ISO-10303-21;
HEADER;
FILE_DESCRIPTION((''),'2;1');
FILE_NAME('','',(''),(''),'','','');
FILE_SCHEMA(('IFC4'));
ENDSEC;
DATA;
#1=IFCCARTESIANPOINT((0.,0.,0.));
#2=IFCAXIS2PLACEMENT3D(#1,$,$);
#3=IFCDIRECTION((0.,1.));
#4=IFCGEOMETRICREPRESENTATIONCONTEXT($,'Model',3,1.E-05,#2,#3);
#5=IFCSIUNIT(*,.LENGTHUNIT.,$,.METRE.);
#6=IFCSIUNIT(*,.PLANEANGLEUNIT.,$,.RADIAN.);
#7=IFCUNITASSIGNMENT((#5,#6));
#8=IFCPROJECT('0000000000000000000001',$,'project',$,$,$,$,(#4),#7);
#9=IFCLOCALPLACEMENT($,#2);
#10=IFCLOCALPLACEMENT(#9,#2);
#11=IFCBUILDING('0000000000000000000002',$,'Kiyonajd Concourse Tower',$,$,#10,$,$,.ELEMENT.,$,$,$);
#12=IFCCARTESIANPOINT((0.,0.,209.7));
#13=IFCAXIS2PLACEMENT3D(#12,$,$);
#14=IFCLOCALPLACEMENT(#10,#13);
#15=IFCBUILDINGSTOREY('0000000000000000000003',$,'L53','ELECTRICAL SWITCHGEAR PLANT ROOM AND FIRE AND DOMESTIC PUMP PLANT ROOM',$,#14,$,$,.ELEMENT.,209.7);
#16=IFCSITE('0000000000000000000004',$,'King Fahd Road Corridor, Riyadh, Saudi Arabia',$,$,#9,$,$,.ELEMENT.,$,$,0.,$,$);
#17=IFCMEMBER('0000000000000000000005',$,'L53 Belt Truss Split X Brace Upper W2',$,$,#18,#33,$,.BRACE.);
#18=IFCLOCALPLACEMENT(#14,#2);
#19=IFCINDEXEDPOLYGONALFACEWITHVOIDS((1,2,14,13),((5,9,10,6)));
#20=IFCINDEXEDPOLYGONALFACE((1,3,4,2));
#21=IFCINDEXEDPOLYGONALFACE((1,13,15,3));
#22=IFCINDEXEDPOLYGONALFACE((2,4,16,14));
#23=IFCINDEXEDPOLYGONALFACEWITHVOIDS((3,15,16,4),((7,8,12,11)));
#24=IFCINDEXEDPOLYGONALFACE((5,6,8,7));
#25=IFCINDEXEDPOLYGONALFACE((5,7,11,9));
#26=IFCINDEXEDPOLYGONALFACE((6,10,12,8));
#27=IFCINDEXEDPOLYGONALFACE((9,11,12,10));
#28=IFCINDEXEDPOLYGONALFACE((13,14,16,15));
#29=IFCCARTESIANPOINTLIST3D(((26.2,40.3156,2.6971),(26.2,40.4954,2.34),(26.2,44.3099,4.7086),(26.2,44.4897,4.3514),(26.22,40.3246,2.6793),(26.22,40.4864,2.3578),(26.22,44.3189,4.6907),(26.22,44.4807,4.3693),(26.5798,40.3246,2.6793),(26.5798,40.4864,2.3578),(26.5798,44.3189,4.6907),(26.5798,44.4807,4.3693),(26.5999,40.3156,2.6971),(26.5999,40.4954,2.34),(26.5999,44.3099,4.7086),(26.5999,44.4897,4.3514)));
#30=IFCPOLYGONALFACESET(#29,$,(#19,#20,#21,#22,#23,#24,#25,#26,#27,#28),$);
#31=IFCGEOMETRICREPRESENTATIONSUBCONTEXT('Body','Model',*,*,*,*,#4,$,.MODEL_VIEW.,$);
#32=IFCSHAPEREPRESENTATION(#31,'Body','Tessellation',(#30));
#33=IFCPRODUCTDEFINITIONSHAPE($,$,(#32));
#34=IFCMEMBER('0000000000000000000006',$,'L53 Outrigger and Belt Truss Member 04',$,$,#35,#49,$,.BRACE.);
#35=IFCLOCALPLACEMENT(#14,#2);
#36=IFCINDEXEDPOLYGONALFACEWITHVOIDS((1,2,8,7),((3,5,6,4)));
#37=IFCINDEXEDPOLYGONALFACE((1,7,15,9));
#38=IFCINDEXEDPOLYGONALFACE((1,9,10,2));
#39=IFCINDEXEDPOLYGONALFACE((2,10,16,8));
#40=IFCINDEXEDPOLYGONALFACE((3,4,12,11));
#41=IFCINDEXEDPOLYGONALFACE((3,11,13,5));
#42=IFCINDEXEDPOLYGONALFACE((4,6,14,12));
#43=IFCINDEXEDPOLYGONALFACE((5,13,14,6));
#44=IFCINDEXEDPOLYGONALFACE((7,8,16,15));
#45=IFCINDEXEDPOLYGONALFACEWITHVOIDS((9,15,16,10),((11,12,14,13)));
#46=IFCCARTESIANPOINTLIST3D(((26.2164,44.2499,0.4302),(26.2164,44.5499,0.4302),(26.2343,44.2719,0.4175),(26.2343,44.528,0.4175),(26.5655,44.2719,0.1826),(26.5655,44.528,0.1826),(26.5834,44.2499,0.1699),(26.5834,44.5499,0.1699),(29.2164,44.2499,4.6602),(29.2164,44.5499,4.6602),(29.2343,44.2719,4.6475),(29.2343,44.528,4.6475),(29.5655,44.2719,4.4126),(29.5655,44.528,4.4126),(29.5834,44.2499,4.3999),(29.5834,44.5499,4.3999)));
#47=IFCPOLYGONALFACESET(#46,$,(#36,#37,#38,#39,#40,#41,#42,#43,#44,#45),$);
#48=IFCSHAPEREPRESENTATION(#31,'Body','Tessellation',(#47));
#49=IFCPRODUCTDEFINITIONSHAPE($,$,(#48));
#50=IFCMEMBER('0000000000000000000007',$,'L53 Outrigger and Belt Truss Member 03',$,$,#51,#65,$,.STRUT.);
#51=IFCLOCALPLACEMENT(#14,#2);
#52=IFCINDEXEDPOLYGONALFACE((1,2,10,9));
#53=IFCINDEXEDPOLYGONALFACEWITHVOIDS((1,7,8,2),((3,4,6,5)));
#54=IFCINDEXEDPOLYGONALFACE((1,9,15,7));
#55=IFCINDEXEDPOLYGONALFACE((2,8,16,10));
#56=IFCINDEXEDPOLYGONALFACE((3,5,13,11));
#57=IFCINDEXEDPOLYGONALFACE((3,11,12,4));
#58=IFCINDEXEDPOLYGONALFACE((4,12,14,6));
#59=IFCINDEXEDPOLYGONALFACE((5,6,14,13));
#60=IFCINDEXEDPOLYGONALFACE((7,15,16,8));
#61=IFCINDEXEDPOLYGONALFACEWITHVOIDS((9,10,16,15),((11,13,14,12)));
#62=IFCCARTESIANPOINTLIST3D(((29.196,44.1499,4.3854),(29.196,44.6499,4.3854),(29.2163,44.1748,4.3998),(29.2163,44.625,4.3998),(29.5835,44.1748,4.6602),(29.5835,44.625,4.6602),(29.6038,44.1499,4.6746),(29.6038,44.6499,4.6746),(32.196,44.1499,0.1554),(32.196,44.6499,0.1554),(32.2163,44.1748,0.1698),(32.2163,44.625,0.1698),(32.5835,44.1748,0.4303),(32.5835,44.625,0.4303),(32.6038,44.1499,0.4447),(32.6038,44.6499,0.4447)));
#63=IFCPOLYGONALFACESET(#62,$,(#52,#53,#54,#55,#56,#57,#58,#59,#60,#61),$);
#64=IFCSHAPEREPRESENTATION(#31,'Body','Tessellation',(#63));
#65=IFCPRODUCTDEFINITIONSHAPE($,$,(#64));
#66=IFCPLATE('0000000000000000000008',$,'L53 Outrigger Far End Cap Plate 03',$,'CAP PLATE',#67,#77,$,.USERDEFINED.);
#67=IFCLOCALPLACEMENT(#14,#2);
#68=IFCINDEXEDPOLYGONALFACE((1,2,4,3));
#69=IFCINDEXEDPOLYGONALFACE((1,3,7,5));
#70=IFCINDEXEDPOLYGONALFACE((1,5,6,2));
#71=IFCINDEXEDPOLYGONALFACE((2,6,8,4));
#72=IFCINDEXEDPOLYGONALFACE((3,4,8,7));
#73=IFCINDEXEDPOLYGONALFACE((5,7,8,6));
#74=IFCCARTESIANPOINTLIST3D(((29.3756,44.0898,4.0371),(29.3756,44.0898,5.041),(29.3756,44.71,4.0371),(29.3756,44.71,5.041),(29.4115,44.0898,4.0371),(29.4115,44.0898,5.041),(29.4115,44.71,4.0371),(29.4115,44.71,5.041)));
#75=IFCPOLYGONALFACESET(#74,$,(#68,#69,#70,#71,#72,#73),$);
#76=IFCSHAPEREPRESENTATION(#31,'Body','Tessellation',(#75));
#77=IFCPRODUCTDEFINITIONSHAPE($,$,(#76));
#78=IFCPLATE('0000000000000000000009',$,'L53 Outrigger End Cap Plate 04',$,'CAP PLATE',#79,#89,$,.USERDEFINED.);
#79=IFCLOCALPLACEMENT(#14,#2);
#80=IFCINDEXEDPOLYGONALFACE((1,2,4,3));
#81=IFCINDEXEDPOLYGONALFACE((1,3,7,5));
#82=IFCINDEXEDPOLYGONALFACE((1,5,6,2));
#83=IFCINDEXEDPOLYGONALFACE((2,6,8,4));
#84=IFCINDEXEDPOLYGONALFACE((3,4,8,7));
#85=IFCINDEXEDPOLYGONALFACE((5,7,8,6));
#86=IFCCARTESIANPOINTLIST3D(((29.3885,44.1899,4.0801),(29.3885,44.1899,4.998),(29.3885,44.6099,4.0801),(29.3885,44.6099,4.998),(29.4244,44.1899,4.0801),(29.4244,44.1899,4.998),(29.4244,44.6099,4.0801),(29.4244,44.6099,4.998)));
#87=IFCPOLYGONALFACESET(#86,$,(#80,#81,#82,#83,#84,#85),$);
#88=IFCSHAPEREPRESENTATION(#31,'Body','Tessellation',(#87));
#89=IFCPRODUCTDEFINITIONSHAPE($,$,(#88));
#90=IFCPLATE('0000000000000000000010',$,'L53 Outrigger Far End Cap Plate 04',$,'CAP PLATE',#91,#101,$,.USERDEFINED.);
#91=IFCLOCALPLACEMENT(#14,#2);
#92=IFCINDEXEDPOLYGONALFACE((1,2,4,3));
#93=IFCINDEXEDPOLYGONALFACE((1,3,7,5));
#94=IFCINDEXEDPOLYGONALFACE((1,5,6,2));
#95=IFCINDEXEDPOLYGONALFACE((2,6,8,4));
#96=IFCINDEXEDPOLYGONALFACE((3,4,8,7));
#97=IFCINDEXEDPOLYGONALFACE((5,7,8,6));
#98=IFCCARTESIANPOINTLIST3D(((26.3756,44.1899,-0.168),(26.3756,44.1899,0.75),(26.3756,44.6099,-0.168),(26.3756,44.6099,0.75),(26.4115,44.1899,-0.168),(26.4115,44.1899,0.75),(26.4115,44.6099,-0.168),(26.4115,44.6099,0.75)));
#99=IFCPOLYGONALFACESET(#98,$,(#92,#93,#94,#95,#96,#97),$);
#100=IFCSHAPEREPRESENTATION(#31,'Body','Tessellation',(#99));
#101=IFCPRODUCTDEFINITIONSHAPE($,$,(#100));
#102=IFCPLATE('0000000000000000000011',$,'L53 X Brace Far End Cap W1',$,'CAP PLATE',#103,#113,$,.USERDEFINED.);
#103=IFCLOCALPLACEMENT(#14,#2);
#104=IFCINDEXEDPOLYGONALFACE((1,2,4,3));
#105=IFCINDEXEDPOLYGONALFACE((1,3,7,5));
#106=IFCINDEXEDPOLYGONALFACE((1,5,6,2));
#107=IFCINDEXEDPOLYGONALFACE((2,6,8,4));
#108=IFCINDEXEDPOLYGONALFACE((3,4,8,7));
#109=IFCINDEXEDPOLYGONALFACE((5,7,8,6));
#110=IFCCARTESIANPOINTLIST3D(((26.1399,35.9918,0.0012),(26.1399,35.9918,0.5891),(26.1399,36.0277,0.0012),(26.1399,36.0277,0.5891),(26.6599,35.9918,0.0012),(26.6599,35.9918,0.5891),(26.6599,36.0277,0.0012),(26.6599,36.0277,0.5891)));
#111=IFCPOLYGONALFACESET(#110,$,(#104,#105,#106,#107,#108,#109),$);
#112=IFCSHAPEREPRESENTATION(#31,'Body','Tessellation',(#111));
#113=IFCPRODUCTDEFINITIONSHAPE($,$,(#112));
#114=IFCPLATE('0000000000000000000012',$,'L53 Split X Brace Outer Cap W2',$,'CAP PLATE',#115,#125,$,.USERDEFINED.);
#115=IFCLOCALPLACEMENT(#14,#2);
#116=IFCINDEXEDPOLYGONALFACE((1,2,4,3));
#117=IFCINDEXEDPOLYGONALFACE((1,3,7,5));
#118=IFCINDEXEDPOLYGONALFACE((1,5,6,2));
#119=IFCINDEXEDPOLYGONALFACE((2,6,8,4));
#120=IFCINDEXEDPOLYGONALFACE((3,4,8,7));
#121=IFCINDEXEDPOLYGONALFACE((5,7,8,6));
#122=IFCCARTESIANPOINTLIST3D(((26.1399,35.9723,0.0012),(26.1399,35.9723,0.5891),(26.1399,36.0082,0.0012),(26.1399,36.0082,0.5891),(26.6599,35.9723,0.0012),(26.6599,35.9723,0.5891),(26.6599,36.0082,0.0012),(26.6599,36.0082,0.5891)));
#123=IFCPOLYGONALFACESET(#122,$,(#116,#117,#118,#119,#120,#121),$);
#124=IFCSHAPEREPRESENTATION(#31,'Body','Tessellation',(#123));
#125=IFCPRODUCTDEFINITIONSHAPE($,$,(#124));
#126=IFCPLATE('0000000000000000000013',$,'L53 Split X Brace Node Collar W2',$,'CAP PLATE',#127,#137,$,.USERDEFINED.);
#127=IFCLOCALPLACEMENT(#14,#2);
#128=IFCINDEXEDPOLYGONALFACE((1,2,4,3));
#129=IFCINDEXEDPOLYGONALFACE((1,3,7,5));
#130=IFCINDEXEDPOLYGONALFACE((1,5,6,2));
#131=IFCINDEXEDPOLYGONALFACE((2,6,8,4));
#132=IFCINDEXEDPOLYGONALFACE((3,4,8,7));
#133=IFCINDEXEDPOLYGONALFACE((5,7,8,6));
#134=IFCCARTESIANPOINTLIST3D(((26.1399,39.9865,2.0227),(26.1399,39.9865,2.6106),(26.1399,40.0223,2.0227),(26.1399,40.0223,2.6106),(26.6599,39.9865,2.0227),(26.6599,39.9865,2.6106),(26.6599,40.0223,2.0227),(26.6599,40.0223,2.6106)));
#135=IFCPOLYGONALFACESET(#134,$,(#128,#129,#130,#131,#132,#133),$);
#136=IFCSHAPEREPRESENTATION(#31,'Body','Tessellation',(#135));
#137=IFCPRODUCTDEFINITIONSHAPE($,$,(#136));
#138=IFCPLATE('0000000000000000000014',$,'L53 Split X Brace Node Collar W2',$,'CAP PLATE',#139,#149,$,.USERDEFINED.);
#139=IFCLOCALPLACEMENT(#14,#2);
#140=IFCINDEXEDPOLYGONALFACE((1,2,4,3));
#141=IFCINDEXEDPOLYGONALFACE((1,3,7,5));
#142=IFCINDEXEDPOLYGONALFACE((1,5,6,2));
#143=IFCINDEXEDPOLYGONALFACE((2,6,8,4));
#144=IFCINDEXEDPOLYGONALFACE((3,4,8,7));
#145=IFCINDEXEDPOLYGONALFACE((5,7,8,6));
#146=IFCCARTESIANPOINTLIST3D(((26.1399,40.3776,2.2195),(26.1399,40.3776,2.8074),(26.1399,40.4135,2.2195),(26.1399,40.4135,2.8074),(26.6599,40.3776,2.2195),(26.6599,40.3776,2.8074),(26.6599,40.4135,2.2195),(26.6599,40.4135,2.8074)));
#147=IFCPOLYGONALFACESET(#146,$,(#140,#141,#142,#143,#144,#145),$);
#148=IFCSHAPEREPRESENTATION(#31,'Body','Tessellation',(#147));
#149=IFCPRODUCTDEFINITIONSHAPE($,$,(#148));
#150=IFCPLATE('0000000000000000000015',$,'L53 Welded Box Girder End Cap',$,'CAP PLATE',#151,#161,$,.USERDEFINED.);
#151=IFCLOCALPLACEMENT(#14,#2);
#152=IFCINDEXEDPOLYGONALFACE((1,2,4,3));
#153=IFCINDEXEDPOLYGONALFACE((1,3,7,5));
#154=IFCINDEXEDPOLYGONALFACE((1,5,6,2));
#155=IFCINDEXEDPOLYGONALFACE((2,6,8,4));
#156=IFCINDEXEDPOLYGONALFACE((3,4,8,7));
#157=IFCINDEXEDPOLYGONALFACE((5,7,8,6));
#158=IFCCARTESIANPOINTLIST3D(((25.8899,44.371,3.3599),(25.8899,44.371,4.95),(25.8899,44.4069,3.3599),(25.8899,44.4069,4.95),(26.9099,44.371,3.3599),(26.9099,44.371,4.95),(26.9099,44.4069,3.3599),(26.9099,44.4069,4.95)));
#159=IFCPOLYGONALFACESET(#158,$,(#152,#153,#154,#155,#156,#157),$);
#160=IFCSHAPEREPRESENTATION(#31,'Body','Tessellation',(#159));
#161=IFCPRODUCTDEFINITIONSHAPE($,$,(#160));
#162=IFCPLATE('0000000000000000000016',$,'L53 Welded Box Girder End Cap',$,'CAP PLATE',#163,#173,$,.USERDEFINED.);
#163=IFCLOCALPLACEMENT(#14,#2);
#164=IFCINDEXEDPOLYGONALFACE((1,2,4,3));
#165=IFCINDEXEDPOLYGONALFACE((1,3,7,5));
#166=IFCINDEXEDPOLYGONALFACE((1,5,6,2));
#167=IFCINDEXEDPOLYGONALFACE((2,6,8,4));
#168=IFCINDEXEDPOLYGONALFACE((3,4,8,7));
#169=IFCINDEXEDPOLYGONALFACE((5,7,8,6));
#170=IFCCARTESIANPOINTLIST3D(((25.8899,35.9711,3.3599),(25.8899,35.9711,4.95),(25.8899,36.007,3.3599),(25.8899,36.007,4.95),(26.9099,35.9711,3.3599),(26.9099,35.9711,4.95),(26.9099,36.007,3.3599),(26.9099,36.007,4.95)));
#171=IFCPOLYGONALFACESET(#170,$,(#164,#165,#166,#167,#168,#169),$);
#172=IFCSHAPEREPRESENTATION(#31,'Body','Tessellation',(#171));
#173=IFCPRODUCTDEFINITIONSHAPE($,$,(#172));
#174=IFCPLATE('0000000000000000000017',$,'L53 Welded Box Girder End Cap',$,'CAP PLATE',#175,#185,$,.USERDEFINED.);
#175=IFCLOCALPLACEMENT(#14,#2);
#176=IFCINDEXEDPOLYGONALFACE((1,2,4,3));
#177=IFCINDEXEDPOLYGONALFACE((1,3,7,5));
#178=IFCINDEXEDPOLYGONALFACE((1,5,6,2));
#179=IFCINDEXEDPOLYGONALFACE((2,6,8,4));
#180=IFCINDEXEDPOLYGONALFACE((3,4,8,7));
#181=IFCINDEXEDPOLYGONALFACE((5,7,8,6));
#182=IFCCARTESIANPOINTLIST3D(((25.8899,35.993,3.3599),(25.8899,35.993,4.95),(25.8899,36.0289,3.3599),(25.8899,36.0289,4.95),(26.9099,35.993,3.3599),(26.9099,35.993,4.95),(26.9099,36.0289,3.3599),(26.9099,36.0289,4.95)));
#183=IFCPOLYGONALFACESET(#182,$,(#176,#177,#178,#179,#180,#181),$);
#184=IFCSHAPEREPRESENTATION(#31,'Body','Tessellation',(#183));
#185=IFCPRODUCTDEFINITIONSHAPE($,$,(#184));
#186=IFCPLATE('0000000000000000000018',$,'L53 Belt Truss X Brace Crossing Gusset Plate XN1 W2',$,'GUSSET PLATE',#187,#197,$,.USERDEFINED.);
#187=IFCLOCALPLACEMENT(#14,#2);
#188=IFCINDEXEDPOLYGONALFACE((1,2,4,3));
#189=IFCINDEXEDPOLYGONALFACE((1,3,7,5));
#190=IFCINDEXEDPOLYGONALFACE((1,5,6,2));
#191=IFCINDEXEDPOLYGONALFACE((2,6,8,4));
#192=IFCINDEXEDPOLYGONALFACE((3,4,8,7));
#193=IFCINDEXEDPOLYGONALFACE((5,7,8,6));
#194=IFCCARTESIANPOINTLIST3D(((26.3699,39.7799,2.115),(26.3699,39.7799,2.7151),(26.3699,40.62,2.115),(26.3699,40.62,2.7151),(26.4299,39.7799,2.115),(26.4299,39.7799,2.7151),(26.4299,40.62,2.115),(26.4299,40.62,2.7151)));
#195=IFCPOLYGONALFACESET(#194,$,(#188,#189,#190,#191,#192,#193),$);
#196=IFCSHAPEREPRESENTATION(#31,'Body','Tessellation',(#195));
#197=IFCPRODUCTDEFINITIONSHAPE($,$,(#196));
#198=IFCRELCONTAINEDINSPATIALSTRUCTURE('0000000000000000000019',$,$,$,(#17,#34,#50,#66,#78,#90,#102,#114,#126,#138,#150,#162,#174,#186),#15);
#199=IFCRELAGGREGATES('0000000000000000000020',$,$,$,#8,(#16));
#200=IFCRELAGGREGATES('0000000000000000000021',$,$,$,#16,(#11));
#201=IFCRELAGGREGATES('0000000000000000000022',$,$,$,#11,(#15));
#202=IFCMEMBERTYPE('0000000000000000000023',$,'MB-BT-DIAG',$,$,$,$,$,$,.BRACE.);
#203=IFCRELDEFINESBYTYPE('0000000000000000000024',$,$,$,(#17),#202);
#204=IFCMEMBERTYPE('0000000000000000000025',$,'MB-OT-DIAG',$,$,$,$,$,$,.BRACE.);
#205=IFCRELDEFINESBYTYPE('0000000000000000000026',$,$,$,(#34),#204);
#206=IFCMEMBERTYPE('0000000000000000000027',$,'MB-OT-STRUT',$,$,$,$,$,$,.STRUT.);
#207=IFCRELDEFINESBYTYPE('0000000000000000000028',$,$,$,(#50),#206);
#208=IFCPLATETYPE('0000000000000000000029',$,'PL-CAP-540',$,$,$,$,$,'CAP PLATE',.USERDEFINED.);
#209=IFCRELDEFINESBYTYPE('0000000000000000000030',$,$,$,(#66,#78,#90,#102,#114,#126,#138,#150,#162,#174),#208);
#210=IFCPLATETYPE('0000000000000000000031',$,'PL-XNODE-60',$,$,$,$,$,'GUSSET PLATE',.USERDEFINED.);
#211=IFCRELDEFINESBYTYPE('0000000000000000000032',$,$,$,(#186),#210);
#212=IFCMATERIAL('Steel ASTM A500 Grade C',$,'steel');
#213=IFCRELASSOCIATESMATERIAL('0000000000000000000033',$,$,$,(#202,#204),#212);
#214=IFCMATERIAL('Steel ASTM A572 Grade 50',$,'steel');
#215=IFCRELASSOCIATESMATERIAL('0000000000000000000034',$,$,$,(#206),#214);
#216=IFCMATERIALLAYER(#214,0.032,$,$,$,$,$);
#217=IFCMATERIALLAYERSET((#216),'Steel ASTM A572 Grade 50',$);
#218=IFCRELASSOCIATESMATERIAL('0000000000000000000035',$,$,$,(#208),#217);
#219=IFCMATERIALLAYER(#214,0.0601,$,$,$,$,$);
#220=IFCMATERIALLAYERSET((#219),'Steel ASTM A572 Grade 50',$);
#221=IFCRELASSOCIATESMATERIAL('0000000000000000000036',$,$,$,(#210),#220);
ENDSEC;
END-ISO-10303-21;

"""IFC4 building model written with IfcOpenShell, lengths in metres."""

from ifc_helpers import new_model, si_unit, direction, frame, origin, origin_2d, place, context, subcontext, project, spatial, rectangle, hollow_rectangle, extrude, material, layer, layer_set, material_profile, profile_set, type_object, element, save


model = new_model("IFC4")

# Units and contexts
model_context = context("Model", 3, precision=1e-05, world=origin(), true_north=direction((0.0, 1.0)))
body_context = subcontext(model_context, "Body", "Model", "MODEL_VIEW")
ifc_project = project(units=[si_unit("LENGTHUNIT", "METRE"), si_unit("PLANEANGLEUNIT", "RADIAN")], contexts=[model_context])

# Site, building, storey
site_placement = place(None, origin())
site = spatial("IfcSite", under=ifc_project, at=site_placement, Name="King Fahd Road Corridor, Riyadh, Saudi Arabia", CompositionType="ELEMENT", RefElevation=0.0)
building_placement = place(site_placement, origin())
building = spatial("IfcBuilding", under=site, at=building_placement, Name="Kiyonajd Concourse Tower", CompositionType="ELEMENT")
storey_placement = place(building_placement, frame((0.0, 0.0, 209.7)))
storey = spatial("IfcBuildingStorey", under=building, at=storey_placement, Name="L53", Description="ELECTRICAL SWITCHGEAR PLANT ROOM AND FIRE AND DOMESTIC PUMP PLANT ROOM", CompositionType="ELEMENT", Elevation=209.7)

# Shared definitions
ifc_material_1 = material(Name="Steel ASTM A572 Grade 50", Category="steel")

# Members
ifc_material_2 = material(Name="Steel ASTM A500 Grade C", Category="steel")
ifc_material_profile_1 = material_profile(ifc_material_2, hollow_rectangle(XDim=0.3999, YDim=0.3999, WallThickness=0.02, at=origin_2d()), Name="HSS-400x400x20")
ifc_profile_set_1 = profile_set([ifc_material_profile_1], Name="Steel ASTM A500 Grade C")
member_type_1 = type_object("IfcMemberType", Name="MB-BT-DIAG", PredefinedType="BRACE", material=ifc_profile_set_1)
member_1_placement = place(storey_placement, frame((26.3999, 40.4055, 2.5186), z_axis=(0.0, 0.893146, 0.449767), x_axis=(-1.0, 0.0, 0.0)))
element("IfcMember", 1, at=member_1_placement, inside=storey, type_object=member_type_1, Name="L53 Belt Truss Split X Brace Upper W2", PredefinedType="BRACE", context=body_context, shape_type="SweptSolid", body=[
    extrude(hollow_rectangle(XDim=0.3999, YDim=0.3999, WallThickness=0.02, at=origin_2d()), origin(), (0.0, 0.0, 1.0), 4.4722),
])
ifc_material_profile_2 = material_profile(ifc_material_2, hollow_rectangle(XDim=0.3, YDim=0.45, WallThickness=0.022, at=origin_2d()), Name="HSS-450x300x22")
ifc_profile_set_2 = profile_set([ifc_material_profile_2], Name="Steel ASTM A500 Grade C")
member_type_2 = type_object("IfcMemberType", Name="MB-OT-DIAG", PredefinedType="BRACE", material=ifc_profile_set_2)
member_2_placement = place(storey_placement, frame((29.3999, 44.3999, 4.53), z_axis=(-0.578501, 0.0, -0.815682), x_axis=(0.0, -1.0, 0.0)))
element("IfcMember", 2, at=member_2_placement, inside=storey, type_object=member_type_2, Name="L53 Outrigger and Belt Truss Member 04", PredefinedType="BRACE", context=body_context, shape_type="SweptSolid", body=[
    extrude(hollow_rectangle(XDim=0.3, YDim=0.45, WallThickness=0.022, at=origin_2d()), origin(), (0.0, 0.0, 1.0), 5.1858),
])
ifc_material_profile_3 = material_profile(ifc_material_1, hollow_rectangle(XDim=0.5, YDim=0.5, WallThickness=0.0249, at=origin_2d()), Name="HSS-500x500x25")
ifc_profile_set_3 = profile_set([ifc_material_profile_3], Name="Steel ASTM A572 Grade 50")
member_type_3 = type_object("IfcMemberType", Name="MB-OT-STRUT", PredefinedType="STRUT", material=ifc_profile_set_3)
member_3_placement = place(storey_placement, frame((32.3999, 44.3999, 0.3), z_axis=(-0.578501, 0.0, 0.815682), x_axis=(0.0, -1.0, 0.0)))
element("IfcMember", 3, at=member_3_placement, inside=storey, type_object=member_type_3, Name="L53 Outrigger and Belt Truss Member 03", PredefinedType="STRUT", context=body_context, shape_type="SweptSolid", body=[
    extrude(hollow_rectangle(XDim=0.5, YDim=0.5, WallThickness=0.0249, at=origin_2d()), origin(), (0.0, 0.0, 1.0), 5.1858),
])

# Plates
ifc_layer_1 = layer(ifc_material_1, 0.032)
ifc_layer_set_1 = layer_set([ifc_layer_1], Name="Steel ASTM A572 Grade 50")
plate_type_1 = type_object("IfcPlateType", Name="PL-CAP-540", ElementType="CAP PLATE", PredefinedType="USERDEFINED", material=ifc_layer_set_1)
plate_1_placement = place(storey_placement, frame((29.3936, 44.3999, 4.0371), z_axis=(0.0, 0.0, 1.0), x_axis=(-1.0, 0.0, 0.0)))
element("IfcPlate", 4, at=plate_1_placement, inside=storey, type_object=plate_type_1, Name="L53 Outrigger Far End Cap Plate 03", ObjectType="CAP PLATE", PredefinedType="USERDEFINED", context=body_context, shape_type="SweptSolid", body=[
    extrude(rectangle(XDim=0.0359, YDim=0.6201, at=origin_2d()), origin(), (0.0, 0.0, 1.0), 1.0039),
])
for number, where, z_axis, x_axis, name in (
    (5, (29.4065, 44.3999, 4.0801), (0.0, 0.0, 1.0), (1.0, 0.0, 0.0), "L53 Outrigger End Cap Plate 04"),
    (6, (26.3936, 44.3999, -0.168), (0.0, 0.0, 1.0), (-1.0, 0.0, 0.0), "L53 Outrigger Far End Cap Plate 04"),
):
    element("IfcPlate", number, at=place(storey_placement, frame(where, z_axis=z_axis, x_axis=x_axis)), inside=storey, type_object=plate_type_1, Name=name, ObjectType="CAP PLATE", PredefinedType="USERDEFINED", context=body_context, shape_type="SweptSolid", body=[
        extrude(rectangle(XDim=0.0359, YDim=0.4199, at=origin_2d()), origin(), (0.0, 0.0, 1.0), 0.918),
    ])
for number, where, z_axis, x_axis, name in (
    (7, (26.3999, 36.0098, 0.0012), (0.0, 0.0, 1.0), (0.0, 1.0, 0.0), "L53 X Brace Far End Cap W1"),
    (8, (26.3999, 35.9902, 0.0012), (0.0, 0.0, 1.0), (0.0, -1.0, 0.0), "L53 Split X Brace Outer Cap W2"),
    (9, (26.3999, 40.0044, 2.0227), (0.0, 0.0, 1.0), (0.0, 1.0, 0.0), "L53 Split X Brace Node Collar W2"),
    (10, (26.3999, 40.3955, 2.2195), (0.0, 0.0, 1.0), (0.0, -1.0, 0.0), "L53 Split X Brace Node Collar W2"),
):
    element("IfcPlate", number, at=place(storey_placement, frame(where, z_axis=z_axis, x_axis=x_axis)), inside=storey, type_object=plate_type_1, Name=name, ObjectType="CAP PLATE", PredefinedType="USERDEFINED", context=body_context, shape_type="SweptSolid", body=[
        extrude(rectangle(XDim=0.0359, YDim=0.52, at=origin_2d()), origin(), (0.0, 0.0, 1.0), 0.5879),
    ])
for number, where, z_axis, x_axis, name in (
    (11, (26.3999, 44.3889, 3.3599), (0.0, 0.0, 1.0), (0.0, -1.0, 0.0), "L53 Welded Box Girder End Cap"),
    (12, (26.3999, 35.989, 3.3599), (0.0, 0.0, 1.0), (0.0, -1.0, 0.0), "L53 Welded Box Girder End Cap"),
    (13, (26.3999, 36.011, 3.3599), (0.0, 0.0, 1.0), (0.0, 1.0, 0.0), "L53 Welded Box Girder End Cap"),
):
    element("IfcPlate", number, at=place(storey_placement, frame(where, z_axis=z_axis, x_axis=x_axis)), inside=storey, type_object=plate_type_1, Name=name, ObjectType="CAP PLATE", PredefinedType="USERDEFINED", context=body_context, shape_type="SweptSolid", body=[
        extrude(rectangle(XDim=0.0359, YDim=1.02, at=origin_2d()), origin(), (0.0, 0.0, 1.0), 1.5901),
    ])
ifc_layer_2 = layer(ifc_material_1, 0.0601)
ifc_layer_set_2 = layer_set([ifc_layer_2], Name="Steel ASTM A572 Grade 50")
plate_type_2 = type_object("IfcPlateType", Name="PL-XNODE-60", ElementType="GUSSET PLATE", PredefinedType="USERDEFINED", material=ifc_layer_set_2)
plate_2_placement = place(storey_placement, frame((26.3999, 40.2, 2.115), z_axis=(0.0, 0.0, 1.0), x_axis=(1.0, 0.0, 0.0)))
element("IfcPlate", 14, at=plate_2_placement, inside=storey, type_object=plate_type_2, Name="L53 Belt Truss X Brace Crossing Gusset Plate XN1 W2", ObjectType="GUSSET PLATE", PredefinedType="USERDEFINED", context=body_context, shape_type="SweptSolid", body=[
    extrude(rectangle(XDim=0.0601, YDim=0.8401, at=origin_2d()), origin(), (0.0, 0.0, 1.0), 0.6001),
])

save(model, "model.ifc")
